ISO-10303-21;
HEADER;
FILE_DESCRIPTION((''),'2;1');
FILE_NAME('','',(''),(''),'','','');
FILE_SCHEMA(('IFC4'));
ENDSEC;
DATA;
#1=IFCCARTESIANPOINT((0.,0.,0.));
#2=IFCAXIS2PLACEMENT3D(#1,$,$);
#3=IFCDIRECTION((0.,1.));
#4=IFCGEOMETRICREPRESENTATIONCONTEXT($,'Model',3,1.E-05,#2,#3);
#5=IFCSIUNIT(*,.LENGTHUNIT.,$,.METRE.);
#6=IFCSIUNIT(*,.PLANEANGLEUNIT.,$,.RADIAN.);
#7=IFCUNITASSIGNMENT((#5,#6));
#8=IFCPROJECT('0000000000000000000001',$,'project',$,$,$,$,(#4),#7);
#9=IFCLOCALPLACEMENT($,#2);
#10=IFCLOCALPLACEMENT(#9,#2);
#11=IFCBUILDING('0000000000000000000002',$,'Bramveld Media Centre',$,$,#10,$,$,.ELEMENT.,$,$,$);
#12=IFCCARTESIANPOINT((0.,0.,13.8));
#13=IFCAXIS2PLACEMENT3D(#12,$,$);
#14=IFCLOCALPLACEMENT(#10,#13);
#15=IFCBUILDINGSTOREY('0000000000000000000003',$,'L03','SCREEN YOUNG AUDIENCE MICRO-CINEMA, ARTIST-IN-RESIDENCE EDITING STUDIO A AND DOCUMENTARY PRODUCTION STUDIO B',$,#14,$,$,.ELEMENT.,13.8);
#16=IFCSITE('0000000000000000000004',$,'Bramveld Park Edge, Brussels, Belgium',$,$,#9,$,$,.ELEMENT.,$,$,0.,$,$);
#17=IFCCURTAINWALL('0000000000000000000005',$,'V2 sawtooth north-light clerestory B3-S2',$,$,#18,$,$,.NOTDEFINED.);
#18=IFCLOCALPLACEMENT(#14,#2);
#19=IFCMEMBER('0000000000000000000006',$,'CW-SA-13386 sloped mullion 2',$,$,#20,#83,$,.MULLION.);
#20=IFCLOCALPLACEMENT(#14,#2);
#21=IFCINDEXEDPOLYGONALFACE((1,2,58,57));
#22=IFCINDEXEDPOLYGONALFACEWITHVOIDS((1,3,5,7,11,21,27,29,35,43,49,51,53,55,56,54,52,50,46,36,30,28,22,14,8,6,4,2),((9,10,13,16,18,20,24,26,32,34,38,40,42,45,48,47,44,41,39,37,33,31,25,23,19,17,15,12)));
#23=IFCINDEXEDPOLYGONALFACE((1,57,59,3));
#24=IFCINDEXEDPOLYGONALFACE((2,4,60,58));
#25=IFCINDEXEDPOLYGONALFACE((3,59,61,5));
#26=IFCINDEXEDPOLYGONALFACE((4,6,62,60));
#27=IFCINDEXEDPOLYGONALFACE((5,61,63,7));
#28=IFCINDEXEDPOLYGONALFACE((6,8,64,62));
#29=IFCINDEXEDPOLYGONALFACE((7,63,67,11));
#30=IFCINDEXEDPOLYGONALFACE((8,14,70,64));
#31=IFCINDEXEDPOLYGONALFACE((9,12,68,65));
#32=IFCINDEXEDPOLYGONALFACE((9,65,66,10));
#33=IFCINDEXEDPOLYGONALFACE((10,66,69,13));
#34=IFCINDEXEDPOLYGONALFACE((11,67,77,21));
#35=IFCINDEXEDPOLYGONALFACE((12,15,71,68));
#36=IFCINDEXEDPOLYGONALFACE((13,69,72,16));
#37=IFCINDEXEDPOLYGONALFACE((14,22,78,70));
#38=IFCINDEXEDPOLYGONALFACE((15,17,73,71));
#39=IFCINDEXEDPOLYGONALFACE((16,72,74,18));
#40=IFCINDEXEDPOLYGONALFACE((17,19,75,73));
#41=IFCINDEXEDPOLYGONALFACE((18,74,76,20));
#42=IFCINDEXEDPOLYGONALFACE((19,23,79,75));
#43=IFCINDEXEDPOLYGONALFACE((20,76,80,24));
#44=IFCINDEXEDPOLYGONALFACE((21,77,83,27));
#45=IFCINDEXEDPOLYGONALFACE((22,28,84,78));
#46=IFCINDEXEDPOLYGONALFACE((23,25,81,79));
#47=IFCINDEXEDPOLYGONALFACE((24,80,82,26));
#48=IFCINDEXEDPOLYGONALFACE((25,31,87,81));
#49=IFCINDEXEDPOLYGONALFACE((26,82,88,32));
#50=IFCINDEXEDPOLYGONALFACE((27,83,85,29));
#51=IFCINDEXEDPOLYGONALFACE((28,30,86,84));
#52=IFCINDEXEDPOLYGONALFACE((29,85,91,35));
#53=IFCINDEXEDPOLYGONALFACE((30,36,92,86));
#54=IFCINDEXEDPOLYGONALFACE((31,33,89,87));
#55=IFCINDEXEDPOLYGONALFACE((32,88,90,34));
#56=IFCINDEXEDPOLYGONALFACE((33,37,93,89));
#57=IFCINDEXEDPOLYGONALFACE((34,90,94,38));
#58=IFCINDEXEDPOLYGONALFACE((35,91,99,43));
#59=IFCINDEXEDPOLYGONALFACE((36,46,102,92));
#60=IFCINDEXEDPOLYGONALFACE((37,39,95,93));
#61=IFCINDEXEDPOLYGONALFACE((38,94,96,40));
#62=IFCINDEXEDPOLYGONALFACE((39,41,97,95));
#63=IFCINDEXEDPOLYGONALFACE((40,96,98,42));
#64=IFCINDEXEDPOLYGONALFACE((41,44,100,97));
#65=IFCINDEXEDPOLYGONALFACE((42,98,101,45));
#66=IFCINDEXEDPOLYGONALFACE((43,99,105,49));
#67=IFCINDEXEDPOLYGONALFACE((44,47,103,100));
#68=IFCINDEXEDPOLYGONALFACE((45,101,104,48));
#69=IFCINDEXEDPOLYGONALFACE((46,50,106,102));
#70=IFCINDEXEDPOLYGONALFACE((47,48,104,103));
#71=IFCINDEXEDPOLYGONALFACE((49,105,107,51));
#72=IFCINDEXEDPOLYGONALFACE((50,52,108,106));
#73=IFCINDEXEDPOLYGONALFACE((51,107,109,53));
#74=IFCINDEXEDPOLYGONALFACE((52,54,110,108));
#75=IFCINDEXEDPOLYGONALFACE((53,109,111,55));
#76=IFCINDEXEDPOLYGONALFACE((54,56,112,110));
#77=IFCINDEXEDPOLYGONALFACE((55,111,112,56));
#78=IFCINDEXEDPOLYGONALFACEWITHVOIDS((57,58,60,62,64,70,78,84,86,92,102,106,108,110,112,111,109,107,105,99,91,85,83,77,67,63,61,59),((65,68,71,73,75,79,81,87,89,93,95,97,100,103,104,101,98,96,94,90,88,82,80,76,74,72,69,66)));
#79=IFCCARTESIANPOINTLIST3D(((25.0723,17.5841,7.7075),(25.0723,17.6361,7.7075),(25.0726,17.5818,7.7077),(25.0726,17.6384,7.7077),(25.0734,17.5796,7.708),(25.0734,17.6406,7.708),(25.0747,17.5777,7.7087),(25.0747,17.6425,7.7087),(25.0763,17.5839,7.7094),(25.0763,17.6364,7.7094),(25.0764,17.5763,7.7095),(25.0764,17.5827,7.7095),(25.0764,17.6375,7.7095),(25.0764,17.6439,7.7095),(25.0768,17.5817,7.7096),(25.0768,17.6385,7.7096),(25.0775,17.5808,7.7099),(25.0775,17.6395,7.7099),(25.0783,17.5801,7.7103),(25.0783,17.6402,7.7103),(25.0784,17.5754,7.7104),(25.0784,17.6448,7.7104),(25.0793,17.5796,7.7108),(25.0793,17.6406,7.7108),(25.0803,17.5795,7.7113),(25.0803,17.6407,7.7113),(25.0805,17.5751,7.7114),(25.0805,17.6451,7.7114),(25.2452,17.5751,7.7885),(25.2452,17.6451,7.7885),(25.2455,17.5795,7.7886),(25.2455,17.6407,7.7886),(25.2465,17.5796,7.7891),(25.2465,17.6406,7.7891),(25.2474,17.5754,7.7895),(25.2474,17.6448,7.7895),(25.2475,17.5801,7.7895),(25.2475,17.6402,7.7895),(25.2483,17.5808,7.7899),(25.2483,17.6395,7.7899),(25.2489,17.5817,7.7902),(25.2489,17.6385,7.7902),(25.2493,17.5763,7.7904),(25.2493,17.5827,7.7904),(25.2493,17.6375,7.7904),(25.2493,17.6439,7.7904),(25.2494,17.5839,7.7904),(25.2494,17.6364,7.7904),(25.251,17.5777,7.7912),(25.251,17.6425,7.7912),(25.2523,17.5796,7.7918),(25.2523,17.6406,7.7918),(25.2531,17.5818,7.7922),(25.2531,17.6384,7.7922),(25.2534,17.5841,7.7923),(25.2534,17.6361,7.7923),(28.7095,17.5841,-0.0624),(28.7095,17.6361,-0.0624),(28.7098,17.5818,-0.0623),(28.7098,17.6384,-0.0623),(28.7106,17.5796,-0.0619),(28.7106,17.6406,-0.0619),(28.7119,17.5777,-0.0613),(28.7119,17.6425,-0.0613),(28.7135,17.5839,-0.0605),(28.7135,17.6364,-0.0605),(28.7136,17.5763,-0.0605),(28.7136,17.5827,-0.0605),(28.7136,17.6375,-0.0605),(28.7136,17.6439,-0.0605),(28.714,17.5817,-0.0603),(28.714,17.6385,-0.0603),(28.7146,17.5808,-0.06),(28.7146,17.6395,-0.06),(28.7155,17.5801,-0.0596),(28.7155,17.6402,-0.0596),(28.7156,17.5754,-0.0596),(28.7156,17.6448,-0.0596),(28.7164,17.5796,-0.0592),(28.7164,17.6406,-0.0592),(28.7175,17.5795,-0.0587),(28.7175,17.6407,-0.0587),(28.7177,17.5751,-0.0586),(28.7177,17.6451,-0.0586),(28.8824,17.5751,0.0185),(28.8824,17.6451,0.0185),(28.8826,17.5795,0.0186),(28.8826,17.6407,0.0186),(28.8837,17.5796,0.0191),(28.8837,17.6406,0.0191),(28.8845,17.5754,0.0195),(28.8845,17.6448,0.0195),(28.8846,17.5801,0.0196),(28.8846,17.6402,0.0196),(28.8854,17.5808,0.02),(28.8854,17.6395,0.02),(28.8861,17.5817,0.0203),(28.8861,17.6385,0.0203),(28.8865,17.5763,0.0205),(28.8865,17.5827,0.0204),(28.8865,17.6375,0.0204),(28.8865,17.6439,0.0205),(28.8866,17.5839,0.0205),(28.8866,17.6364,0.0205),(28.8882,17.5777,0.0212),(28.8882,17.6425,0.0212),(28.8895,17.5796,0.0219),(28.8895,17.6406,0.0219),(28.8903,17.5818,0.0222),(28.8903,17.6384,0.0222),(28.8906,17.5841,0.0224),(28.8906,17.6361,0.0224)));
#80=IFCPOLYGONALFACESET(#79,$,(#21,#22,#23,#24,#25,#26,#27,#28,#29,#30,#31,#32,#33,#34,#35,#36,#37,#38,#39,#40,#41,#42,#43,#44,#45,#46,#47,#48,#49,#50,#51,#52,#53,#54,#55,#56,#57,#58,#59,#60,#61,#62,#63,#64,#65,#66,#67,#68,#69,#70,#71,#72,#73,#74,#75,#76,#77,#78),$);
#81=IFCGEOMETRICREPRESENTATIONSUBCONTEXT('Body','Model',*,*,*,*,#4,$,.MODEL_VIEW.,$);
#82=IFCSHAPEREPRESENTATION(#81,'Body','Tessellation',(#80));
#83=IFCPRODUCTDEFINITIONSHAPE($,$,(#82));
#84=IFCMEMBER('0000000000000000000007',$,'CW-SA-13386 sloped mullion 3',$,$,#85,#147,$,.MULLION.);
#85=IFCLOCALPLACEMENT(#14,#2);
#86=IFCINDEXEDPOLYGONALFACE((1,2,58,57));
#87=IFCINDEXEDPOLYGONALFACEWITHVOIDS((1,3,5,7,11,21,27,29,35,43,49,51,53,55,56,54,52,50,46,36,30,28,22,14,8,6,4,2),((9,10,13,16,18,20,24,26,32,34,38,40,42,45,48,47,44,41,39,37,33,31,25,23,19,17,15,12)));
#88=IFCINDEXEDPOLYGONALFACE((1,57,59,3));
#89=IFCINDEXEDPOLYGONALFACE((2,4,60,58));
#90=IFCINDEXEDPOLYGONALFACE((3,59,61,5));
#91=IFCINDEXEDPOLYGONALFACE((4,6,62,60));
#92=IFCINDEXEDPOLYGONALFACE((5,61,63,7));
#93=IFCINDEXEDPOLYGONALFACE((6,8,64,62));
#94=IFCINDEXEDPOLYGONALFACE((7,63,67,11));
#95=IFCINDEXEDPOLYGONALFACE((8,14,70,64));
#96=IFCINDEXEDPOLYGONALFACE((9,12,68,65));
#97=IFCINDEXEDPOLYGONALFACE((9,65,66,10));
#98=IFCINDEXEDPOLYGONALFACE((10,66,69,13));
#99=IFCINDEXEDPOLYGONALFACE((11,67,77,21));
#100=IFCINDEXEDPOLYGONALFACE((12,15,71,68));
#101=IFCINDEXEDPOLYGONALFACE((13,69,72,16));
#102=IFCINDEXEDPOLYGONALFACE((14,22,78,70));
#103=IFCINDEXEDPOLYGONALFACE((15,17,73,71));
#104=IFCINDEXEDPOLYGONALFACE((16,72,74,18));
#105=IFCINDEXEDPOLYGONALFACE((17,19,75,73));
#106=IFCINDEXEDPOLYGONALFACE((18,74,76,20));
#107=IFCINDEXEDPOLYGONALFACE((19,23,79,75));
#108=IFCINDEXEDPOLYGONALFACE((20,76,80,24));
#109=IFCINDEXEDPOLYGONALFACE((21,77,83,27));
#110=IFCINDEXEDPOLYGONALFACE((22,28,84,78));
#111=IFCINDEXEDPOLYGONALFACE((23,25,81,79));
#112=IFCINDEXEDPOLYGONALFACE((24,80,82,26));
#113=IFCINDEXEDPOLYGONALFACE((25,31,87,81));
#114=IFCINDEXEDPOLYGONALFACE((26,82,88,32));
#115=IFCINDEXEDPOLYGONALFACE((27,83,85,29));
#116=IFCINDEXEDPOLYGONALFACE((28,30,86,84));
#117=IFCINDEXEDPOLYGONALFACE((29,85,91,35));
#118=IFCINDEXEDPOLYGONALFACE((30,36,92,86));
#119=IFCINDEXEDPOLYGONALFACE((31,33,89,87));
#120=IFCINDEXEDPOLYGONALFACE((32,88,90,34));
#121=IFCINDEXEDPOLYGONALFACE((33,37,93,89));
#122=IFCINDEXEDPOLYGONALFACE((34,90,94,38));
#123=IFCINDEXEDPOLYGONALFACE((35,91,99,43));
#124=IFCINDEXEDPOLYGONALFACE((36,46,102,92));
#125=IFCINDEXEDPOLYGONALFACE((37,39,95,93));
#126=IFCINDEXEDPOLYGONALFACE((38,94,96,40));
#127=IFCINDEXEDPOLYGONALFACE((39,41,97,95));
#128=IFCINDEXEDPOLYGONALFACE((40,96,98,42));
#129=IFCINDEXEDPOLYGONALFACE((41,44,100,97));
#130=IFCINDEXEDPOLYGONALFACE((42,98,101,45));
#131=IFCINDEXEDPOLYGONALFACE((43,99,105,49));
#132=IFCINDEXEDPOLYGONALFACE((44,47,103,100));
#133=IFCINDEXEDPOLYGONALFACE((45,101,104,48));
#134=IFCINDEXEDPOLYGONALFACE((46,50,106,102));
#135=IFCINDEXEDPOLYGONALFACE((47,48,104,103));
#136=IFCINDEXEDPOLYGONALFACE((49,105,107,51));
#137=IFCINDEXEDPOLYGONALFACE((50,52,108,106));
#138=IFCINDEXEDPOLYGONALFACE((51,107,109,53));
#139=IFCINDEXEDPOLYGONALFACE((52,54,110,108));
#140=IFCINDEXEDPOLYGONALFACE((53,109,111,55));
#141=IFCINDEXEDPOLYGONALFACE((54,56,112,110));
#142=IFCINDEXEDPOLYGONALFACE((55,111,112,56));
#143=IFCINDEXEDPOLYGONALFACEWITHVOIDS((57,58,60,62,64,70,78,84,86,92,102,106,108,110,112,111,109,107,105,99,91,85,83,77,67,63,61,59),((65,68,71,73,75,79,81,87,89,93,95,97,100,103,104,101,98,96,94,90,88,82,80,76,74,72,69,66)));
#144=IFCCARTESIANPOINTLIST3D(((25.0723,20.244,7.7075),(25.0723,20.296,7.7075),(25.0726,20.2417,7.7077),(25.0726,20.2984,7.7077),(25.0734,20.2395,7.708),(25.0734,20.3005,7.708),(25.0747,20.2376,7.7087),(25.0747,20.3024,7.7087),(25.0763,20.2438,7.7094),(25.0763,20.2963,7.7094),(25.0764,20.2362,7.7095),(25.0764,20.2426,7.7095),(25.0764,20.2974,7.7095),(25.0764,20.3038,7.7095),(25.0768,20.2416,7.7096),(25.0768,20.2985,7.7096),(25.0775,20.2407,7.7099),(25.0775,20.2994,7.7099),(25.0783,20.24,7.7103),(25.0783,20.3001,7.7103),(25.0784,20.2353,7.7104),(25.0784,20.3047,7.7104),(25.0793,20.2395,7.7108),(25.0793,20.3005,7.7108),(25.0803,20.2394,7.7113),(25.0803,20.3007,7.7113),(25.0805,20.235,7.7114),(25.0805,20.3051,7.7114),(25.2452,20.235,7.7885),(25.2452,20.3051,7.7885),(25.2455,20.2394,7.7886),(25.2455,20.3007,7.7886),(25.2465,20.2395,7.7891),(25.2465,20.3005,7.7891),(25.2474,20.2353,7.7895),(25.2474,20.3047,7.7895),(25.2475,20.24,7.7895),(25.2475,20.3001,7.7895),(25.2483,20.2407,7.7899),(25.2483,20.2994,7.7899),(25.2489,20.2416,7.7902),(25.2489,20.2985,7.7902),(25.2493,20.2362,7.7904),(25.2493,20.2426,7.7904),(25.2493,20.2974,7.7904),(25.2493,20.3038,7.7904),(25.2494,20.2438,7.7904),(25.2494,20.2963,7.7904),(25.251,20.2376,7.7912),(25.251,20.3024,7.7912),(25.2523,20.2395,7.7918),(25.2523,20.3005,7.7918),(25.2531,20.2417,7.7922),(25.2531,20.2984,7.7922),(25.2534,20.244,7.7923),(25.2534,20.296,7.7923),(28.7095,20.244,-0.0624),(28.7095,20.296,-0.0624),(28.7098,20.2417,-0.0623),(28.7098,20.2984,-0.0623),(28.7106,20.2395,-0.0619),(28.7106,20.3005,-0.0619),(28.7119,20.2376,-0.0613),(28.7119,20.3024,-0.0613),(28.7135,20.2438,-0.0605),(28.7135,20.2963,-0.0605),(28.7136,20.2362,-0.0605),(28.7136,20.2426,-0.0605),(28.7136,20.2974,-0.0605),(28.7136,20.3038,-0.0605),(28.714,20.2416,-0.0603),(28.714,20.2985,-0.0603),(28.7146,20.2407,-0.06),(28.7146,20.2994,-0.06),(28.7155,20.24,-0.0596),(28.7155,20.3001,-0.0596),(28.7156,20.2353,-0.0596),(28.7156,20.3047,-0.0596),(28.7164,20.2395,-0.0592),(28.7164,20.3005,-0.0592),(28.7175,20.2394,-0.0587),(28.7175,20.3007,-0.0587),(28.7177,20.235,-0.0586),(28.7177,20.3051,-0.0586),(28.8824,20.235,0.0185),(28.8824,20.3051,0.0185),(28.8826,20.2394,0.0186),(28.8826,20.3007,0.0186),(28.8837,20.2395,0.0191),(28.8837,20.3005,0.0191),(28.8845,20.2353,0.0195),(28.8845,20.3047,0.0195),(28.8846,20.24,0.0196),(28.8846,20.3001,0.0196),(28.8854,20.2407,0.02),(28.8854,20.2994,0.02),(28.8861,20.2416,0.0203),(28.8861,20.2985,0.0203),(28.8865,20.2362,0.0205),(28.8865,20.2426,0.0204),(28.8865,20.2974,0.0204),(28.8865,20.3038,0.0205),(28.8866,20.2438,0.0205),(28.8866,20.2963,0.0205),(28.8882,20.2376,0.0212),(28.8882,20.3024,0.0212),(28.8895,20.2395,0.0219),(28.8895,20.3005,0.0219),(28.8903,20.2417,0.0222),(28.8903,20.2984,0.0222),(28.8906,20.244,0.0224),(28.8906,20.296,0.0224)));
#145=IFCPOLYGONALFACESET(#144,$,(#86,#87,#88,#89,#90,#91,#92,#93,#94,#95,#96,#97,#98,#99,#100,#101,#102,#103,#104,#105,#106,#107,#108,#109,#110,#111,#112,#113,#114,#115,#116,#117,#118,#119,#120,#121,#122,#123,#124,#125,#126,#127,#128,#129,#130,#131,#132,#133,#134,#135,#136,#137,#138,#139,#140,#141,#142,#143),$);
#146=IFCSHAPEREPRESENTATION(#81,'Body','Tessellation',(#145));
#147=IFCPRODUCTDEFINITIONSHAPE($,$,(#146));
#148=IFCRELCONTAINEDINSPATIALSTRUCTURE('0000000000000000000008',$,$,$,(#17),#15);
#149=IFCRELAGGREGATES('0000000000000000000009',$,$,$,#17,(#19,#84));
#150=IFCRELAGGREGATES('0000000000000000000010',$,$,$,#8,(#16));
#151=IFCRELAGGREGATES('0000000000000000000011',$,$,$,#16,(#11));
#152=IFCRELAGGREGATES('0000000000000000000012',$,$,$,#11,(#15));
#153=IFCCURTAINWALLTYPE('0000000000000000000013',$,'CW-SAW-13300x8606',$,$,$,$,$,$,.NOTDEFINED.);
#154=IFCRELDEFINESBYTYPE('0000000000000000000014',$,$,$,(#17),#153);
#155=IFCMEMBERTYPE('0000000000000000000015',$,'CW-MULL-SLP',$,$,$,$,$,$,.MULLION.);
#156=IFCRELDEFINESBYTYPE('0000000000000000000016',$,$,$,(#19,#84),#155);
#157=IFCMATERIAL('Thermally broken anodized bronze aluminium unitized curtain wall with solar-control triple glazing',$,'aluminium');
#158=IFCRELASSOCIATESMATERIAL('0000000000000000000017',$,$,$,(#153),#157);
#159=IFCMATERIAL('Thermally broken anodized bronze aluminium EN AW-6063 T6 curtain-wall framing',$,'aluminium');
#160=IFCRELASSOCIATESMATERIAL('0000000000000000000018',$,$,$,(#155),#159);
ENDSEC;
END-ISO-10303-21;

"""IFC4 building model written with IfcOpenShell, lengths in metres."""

from ifc_helpers import new_model, si_unit, direction, frame, origin, origin_2d, place, context, subcontext, project, spatial, hollow_rectangle, extrude, material, material_profile, profile_set, type_object, element, aggregate, save


model = new_model("IFC4")

# Units and contexts
model_context = context("Model", 3, precision=1e-05, world=origin(), true_north=direction((0.0, 1.0)))
body_context = subcontext(model_context, "Body", "Model", "MODEL_VIEW")
ifc_project = project(units=[si_unit("LENGTHUNIT", "METRE"), si_unit("PLANEANGLEUNIT", "RADIAN")], contexts=[model_context])

# Site, building, storey
site_placement = place(None, origin())
site = spatial("IfcSite", under=ifc_project, at=site_placement, Name="Bramveld Park Edge, Brussels, Belgium", CompositionType="ELEMENT", RefElevation=0.0)
building_placement = place(site_placement, origin())
building = spatial("IfcBuilding", under=site, at=building_placement, Name="Bramveld Media Centre", CompositionType="ELEMENT")
storey_placement = place(building_placement, frame((0.0, 0.0, 13.8)))
storey = spatial("IfcBuildingStorey", under=building, at=storey_placement, Name="L03", Description="SCREEN YOUNG AUDIENCE MICRO-CINEMA, ARTIST-IN-RESIDENCE EDITING STUDIO A AND DOCUMENTARY PRODUCTION STUDIO B", CompositionType="ELEMENT", Elevation=13.8)

# Curtain wall, members
ifc_material_1 = material(Name="Thermally broken anodized bronze aluminium unitized curtain wall with solar-control triple glazing", Category="aluminium")
curtain_wall_type = type_object("IfcCurtainWallType", Name="CW-SAW-13300x8606", PredefinedType="NOTDEFINED", material=ifc_material_1)
curtain_wall_placement = place(storey_placement, origin())
curtain_wall = element("IfcCurtainWall", 1, at=curtain_wall_placement, inside=storey, type_object=curtain_wall_type, Name="V2 sawtooth north-light clerestory B3-S2", PredefinedType="NOTDEFINED")
ifc_material_2 = material(Name="Thermally broken anodized bronze aluminium EN AW-6063 T6 curtain-wall framing", Category="aluminium")
ifc_material_profile_1 = material_profile(ifc_material_2, hollow_rectangle(XDim=0.0701, YDim=0.2, WallThickness=0.0044, InnerFilletRadius=0.0044, OuterFilletRadius=0.009, at=origin_2d()), Name="AL-MULL 70x200")
ifc_profile_set_1 = profile_set([ifc_material_profile_1], Name="Thermally broken anodized bronze aluminium EN AW-6063 T6 curtain-wall framing")
member_type_1 = type_object("IfcMemberType", Name="CW-MULL-SLP", PredefinedType="MULLION", material=ifc_profile_set_1)
member_1_placement = place(storey_placement, frame((28.8, 17.6101, -0.02), z_axis=(-0.423957, 0.0, 0.905682), x_axis=(0.0, -1.0, 0.0)))
member_1 = element("IfcMember", 2, at=member_1_placement, type_object=member_type_1, Name="CW-SA-13386 sloped mullion 2", PredefinedType="MULLION", context=body_context, shape_type="SweptSolid", body=[
    extrude(hollow_rectangle(XDim=0.0701, YDim=0.2, WallThickness=0.0044, InnerFilletRadius=0.0044, OuterFilletRadius=0.009, at=origin_2d()), origin(), (0.0, 0.0, 1.0), 8.5791),
])
member_2_placement = place(storey_placement, frame((28.8, 20.27, -0.02), z_axis=(-0.423957, 0.0, 0.905682), x_axis=(0.0, -1.0, 0.0)))
member_2 = element("IfcMember", 3, at=member_2_placement, type_object=member_type_1, Name="CW-SA-13386 sloped mullion 3", PredefinedType="MULLION", context=body_context, shape_type="SweptSolid", body=[
    extrude(hollow_rectangle(XDim=0.0701, YDim=0.2, WallThickness=0.0044, InnerFilletRadius=0.0044, OuterFilletRadius=0.009, at=origin_2d()), origin(), (0.0, 0.0, 1.0), 8.5791),
])

aggregate(curtain_wall, [member_1, member_2])

save(model, "model.ifc")
